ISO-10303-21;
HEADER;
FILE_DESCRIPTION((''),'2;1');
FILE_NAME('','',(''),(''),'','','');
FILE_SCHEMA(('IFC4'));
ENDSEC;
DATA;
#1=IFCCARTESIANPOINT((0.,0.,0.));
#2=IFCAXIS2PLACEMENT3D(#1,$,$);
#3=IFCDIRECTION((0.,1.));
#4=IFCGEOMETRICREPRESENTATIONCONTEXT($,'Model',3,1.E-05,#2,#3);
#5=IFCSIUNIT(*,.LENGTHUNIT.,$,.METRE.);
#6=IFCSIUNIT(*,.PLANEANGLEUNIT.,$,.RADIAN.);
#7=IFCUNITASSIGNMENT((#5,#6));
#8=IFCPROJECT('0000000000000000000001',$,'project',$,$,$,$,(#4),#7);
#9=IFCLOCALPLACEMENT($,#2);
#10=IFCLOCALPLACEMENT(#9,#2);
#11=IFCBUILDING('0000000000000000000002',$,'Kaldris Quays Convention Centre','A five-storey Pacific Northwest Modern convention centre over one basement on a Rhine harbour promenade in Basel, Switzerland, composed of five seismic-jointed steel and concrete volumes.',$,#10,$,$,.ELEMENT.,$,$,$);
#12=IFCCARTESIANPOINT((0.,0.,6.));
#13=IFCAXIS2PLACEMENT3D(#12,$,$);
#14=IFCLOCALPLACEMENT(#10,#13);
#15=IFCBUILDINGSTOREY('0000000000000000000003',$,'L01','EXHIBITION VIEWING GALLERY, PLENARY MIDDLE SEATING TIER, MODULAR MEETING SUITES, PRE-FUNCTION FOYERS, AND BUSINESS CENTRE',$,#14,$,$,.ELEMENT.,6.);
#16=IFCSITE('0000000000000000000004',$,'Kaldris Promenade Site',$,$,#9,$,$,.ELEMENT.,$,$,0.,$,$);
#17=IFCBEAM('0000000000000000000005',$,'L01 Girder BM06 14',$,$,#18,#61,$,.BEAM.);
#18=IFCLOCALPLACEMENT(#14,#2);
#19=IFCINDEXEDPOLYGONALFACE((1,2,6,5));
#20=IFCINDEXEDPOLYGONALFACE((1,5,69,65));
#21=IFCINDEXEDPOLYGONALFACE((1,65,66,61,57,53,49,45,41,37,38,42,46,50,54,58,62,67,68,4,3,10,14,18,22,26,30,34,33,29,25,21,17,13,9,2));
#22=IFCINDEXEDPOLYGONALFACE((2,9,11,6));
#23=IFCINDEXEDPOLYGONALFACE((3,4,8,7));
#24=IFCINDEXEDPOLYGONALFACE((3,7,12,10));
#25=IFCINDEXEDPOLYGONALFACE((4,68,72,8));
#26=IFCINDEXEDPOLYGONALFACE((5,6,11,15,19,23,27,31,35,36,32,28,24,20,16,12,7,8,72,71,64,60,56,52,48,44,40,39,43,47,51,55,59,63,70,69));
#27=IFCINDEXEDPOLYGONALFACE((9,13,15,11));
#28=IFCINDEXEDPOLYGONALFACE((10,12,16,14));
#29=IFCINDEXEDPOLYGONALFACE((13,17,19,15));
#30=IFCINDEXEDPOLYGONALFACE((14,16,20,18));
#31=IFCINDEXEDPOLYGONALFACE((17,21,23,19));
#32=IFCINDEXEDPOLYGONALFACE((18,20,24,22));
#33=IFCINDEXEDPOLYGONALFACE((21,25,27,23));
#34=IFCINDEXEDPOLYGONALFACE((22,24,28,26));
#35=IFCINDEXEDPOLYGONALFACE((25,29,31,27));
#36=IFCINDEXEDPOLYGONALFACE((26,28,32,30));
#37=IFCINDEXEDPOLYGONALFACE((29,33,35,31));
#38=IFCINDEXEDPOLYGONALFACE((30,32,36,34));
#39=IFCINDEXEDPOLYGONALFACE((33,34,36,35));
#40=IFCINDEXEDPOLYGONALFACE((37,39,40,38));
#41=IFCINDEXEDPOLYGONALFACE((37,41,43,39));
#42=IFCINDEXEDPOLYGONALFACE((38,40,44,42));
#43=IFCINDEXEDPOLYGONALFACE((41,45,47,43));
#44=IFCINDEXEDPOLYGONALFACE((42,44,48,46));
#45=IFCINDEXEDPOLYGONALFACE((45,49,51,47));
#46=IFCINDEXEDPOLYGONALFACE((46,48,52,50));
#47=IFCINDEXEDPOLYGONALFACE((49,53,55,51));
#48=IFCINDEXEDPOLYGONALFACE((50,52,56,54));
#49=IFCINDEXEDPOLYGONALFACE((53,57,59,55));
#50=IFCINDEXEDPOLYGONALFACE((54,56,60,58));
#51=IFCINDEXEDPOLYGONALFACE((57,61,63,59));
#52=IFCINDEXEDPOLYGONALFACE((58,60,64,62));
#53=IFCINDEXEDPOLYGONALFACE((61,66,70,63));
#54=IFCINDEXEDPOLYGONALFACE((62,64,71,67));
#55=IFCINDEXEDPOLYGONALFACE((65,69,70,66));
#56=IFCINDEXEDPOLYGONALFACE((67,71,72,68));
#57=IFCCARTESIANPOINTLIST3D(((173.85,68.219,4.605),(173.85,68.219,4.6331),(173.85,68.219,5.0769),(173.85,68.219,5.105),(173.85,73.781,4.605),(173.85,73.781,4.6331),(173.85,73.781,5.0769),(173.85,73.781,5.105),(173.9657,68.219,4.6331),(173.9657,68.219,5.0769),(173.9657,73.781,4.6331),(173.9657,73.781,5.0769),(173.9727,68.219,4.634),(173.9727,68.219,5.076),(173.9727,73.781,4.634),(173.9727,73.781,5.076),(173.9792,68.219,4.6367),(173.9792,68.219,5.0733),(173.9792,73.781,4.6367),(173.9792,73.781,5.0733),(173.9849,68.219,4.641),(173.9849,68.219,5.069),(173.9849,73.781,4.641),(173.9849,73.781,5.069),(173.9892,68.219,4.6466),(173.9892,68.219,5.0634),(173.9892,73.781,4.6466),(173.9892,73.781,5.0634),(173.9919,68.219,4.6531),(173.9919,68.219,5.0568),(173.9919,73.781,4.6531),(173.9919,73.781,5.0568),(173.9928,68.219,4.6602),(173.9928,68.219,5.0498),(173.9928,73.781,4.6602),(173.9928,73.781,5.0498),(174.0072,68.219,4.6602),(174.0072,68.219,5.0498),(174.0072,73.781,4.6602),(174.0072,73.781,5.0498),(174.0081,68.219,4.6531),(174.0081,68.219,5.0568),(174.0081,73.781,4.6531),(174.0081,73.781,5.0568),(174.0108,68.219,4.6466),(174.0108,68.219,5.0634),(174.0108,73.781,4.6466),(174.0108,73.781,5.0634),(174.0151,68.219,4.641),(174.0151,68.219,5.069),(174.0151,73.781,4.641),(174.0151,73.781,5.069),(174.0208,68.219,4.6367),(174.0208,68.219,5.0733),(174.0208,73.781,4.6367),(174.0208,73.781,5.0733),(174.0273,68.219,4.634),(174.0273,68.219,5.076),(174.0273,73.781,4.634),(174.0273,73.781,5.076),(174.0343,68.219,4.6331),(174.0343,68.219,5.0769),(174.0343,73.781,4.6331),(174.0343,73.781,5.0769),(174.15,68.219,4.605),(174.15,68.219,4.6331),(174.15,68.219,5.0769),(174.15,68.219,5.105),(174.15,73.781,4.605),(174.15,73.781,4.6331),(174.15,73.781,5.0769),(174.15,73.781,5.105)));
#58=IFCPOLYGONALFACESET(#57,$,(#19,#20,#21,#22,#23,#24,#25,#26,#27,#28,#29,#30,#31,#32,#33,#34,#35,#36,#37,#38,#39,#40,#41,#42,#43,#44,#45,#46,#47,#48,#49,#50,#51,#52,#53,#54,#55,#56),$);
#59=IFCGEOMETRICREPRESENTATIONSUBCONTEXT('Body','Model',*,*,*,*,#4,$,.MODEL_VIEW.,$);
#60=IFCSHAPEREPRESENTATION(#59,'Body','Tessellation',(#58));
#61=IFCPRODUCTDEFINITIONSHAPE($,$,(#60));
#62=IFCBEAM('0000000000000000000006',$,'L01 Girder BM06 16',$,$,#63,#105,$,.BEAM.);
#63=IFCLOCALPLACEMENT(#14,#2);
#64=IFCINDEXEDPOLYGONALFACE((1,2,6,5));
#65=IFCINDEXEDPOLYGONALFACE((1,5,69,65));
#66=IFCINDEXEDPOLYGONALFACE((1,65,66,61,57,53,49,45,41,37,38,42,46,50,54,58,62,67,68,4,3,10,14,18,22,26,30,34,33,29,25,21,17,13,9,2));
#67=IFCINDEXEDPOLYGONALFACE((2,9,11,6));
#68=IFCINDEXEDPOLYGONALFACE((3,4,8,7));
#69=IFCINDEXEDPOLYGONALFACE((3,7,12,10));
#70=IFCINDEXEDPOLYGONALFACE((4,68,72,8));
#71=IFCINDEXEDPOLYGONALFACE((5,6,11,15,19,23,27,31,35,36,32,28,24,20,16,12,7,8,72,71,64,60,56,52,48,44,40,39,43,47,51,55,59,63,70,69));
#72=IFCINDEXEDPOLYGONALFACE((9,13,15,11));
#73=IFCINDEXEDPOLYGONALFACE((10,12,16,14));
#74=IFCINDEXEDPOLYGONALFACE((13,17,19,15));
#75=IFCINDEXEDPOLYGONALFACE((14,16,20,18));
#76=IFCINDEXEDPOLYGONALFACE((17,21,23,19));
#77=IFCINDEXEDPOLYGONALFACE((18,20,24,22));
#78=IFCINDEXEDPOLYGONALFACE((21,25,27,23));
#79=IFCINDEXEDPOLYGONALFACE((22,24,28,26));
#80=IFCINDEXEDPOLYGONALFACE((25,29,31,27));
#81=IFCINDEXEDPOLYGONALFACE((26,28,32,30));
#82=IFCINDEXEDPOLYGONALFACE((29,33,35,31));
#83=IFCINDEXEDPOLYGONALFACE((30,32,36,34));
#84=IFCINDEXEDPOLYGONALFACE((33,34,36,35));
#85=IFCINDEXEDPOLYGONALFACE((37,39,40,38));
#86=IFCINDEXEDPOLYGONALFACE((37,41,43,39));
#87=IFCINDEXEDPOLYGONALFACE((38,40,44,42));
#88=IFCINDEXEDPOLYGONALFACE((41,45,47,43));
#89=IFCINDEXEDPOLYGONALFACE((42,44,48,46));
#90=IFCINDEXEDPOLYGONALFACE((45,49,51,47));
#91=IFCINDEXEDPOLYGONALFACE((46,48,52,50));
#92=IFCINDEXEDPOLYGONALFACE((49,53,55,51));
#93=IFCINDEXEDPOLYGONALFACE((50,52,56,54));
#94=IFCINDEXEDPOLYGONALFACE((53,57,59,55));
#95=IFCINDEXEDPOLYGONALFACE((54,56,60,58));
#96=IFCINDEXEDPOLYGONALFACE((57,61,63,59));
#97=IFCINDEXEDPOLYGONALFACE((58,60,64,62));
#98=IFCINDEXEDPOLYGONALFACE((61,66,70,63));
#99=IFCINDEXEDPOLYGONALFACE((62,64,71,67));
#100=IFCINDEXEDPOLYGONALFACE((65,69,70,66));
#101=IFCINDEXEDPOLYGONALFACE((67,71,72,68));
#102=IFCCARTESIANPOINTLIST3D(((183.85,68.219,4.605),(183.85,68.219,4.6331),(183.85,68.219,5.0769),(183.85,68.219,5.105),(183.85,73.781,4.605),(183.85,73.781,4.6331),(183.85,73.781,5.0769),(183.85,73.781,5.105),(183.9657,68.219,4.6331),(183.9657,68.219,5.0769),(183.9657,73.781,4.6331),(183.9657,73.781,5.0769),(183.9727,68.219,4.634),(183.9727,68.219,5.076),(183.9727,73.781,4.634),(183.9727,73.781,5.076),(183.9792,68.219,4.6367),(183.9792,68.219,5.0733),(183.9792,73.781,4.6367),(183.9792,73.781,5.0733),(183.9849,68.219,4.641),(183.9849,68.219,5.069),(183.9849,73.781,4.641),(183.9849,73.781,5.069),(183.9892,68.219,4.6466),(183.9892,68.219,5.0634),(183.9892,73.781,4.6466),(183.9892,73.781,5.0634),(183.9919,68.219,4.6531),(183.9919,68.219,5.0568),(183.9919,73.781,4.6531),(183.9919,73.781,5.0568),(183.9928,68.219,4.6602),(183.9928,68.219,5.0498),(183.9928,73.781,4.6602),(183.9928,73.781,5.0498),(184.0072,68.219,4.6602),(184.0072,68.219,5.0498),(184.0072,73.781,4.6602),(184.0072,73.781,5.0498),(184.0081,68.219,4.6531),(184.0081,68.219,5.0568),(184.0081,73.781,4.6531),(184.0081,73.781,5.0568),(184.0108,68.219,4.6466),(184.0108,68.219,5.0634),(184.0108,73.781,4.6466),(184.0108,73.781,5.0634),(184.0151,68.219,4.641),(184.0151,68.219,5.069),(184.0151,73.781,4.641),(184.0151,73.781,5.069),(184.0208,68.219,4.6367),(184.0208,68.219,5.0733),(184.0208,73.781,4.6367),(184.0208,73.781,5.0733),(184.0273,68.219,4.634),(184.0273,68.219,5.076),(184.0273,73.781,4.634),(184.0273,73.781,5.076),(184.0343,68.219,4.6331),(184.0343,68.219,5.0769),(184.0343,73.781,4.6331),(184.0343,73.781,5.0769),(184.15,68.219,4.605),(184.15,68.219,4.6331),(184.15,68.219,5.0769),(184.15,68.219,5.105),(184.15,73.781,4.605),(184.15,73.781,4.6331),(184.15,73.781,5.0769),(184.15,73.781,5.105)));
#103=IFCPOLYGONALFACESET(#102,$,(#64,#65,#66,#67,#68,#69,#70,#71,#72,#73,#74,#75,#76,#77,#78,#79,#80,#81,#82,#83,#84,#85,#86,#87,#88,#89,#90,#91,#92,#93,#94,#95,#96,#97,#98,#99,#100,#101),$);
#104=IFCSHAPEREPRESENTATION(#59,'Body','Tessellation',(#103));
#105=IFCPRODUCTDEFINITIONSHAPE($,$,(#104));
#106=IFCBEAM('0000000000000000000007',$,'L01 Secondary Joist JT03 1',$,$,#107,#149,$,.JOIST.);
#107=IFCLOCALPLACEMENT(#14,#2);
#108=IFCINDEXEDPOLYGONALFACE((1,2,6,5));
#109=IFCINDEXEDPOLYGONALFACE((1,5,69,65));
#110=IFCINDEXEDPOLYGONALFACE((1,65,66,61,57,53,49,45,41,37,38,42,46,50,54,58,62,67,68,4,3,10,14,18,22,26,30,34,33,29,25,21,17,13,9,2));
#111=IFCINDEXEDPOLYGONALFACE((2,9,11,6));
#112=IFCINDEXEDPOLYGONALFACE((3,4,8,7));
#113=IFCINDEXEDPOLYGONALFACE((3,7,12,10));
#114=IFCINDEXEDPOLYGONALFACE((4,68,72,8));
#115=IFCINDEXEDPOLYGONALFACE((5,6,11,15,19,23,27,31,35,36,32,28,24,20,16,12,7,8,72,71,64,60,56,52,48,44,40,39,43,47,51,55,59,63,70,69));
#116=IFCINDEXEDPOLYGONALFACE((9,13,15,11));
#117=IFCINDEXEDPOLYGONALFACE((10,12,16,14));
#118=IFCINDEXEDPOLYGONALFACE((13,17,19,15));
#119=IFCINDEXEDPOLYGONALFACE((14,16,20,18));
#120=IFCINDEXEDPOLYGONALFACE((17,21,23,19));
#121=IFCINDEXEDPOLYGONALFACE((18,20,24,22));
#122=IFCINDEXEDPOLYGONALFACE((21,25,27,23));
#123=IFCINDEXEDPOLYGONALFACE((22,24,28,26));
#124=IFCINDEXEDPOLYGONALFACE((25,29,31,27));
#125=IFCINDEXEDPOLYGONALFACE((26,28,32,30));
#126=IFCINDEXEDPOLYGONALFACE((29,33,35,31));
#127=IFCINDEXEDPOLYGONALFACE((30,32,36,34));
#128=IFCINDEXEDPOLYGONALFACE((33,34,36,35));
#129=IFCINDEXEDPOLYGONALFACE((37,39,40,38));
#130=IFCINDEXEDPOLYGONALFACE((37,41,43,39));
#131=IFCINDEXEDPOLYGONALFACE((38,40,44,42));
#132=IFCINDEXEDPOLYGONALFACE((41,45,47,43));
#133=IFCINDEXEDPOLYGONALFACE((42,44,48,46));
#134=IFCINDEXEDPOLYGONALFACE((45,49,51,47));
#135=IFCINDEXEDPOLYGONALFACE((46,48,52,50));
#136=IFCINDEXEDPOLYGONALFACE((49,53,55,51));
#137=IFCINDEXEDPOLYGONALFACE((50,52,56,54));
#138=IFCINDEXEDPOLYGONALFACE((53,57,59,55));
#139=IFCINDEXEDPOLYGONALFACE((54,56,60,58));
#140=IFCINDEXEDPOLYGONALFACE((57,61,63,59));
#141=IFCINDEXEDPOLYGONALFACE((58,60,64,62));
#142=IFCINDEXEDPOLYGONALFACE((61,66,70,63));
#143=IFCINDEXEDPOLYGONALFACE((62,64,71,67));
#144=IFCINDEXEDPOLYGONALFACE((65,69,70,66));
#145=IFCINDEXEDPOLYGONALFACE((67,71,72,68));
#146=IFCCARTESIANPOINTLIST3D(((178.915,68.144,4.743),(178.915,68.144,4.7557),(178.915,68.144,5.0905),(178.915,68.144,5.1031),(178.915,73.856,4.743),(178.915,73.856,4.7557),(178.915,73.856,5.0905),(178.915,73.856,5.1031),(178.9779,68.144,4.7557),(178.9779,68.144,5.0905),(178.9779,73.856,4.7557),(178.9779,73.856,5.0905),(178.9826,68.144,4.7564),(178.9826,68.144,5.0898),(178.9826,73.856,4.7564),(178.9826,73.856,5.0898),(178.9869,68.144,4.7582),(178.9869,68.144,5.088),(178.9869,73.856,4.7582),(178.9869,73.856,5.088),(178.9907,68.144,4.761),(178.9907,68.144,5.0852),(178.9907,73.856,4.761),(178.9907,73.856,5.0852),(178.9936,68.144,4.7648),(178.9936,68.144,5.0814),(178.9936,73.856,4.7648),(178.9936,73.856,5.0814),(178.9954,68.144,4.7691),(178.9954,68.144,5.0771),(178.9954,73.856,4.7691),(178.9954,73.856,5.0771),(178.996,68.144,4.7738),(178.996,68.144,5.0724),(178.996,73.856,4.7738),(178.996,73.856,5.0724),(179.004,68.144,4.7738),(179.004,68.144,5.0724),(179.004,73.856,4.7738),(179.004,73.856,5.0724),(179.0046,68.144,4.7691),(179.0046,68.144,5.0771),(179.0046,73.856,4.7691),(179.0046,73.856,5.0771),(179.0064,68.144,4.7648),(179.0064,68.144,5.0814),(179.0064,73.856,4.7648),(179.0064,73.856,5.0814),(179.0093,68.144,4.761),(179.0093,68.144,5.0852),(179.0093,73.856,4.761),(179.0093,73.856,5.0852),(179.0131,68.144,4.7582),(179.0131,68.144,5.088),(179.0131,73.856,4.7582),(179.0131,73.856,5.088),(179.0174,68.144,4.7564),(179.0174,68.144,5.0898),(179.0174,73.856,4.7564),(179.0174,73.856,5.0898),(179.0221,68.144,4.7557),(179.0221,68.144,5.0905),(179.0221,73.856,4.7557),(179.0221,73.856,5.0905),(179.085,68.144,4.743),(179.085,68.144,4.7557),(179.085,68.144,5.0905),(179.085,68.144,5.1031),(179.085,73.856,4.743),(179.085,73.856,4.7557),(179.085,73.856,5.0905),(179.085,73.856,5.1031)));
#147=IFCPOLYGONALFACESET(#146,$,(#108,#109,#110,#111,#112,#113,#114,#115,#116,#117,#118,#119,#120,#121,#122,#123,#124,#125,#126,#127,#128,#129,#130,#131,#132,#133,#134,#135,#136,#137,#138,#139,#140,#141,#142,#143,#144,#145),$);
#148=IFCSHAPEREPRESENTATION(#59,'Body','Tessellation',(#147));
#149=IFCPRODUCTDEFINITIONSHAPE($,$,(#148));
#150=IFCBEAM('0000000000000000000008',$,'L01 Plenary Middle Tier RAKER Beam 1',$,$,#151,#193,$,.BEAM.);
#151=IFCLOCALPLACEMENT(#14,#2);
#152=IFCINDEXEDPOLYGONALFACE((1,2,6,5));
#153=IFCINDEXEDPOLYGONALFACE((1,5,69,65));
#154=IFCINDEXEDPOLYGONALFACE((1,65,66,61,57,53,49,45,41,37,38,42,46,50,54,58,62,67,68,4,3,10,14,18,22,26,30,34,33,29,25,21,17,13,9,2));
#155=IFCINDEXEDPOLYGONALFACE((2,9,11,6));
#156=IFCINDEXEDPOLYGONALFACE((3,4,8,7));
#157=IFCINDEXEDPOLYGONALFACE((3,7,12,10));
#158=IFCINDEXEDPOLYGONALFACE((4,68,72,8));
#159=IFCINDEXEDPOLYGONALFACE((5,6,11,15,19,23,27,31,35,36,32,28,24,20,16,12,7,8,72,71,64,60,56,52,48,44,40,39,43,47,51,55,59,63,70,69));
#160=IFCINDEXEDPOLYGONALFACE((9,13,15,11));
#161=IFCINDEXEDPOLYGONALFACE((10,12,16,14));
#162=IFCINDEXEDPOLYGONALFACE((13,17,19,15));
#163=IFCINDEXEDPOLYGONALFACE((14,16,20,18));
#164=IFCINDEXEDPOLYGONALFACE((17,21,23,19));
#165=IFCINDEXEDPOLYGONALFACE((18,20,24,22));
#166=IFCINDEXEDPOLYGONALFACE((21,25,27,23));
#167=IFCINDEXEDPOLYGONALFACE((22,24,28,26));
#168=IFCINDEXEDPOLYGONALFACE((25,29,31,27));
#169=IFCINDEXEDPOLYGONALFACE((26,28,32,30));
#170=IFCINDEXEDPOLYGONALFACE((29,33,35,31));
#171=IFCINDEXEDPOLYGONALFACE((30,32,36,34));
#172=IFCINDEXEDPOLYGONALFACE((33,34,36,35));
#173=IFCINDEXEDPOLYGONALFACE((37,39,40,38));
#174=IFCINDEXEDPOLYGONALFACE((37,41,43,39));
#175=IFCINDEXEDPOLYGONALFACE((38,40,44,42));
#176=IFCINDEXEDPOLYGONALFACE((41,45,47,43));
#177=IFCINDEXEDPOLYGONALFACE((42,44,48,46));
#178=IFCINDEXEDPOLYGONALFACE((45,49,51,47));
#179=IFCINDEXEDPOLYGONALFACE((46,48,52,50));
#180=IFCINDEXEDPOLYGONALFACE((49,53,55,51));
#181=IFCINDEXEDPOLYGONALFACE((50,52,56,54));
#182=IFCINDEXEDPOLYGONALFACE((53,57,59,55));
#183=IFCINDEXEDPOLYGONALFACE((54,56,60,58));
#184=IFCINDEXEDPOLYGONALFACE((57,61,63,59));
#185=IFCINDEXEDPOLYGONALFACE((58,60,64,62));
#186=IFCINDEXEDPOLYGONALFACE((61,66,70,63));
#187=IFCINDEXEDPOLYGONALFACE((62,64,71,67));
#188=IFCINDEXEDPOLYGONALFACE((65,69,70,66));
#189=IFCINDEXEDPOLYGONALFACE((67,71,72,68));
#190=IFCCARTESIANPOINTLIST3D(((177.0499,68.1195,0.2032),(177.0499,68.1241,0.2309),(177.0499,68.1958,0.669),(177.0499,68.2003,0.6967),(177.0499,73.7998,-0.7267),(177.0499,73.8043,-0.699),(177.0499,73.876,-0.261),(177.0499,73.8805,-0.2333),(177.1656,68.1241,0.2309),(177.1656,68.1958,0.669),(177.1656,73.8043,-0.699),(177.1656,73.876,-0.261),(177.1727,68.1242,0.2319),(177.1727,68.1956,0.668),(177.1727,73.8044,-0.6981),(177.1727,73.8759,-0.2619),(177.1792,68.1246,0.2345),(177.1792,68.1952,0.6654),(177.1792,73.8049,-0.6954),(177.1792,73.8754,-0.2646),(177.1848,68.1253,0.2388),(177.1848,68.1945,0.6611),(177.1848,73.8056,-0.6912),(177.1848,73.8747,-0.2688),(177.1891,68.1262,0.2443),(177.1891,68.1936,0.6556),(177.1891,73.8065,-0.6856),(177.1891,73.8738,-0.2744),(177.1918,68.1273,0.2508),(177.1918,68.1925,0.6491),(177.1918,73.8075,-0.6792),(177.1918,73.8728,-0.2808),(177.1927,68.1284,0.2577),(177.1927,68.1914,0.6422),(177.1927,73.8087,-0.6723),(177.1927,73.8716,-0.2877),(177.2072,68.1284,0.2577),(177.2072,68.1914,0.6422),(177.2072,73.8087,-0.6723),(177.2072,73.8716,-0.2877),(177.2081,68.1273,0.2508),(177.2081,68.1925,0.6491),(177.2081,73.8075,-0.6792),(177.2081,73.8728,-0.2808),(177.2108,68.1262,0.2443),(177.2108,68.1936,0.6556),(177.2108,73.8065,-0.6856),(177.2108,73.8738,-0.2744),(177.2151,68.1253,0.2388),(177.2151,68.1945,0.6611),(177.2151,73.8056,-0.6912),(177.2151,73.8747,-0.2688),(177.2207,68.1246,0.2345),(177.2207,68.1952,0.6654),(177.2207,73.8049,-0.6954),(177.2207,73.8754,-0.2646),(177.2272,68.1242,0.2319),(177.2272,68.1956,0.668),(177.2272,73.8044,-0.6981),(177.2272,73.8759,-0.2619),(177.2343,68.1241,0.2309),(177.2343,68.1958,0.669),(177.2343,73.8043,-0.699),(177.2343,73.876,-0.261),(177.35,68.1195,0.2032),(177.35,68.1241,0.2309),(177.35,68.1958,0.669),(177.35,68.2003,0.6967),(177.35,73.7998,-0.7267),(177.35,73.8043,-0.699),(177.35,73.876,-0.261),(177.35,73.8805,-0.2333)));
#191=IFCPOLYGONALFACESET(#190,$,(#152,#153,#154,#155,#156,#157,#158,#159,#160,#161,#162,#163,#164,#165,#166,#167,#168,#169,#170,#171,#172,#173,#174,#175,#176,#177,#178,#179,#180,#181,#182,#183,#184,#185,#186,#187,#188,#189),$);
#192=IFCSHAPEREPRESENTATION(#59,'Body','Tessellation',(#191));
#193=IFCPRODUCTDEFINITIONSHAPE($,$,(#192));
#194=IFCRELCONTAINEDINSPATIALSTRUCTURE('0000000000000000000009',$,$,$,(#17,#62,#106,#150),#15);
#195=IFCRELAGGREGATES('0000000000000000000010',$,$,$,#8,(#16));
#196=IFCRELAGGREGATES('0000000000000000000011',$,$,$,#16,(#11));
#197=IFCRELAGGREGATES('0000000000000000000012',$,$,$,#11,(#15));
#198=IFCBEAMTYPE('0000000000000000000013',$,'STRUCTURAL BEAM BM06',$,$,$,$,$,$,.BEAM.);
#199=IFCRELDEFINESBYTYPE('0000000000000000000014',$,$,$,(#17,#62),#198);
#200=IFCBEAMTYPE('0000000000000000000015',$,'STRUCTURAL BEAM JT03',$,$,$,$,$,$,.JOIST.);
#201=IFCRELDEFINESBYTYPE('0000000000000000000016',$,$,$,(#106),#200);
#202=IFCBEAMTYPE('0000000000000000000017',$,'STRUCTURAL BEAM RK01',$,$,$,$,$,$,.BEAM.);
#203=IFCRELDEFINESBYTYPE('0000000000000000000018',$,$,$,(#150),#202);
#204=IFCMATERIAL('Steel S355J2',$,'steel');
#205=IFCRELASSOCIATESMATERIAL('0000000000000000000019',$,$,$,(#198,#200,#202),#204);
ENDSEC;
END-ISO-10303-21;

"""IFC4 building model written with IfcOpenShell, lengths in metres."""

from ifc_helpers import new_model, si_unit, direction, frame, origin, origin_2d, place, context, subcontext, project, spatial, i_section, extrude, material, material_profile, profile_set, type_object, element, save


model = new_model("IFC4")

# Units and contexts
model_context = context("Model", 3, precision=1e-05, world=origin(), true_north=direction((0.0, 1.0)))
body_context = subcontext(model_context, "Body", "Model", "MODEL_VIEW")
ifc_project = project(units=[si_unit("LENGTHUNIT", "METRE"), si_unit("PLANEANGLEUNIT", "RADIAN")], contexts=[model_context])

# Site, building, storey
site_placement = place(None, origin())
site = spatial("IfcSite", under=ifc_project, at=site_placement, Name="Kaldris Promenade Site", CompositionType="ELEMENT", RefElevation=0.0)
building_placement = place(site_placement, origin())
building = spatial("IfcBuilding", under=site, at=building_placement, Name="Kaldris Quays Convention Centre", Description="A five-storey Pacific Northwest Modern convention centre over one basement on a Rhine harbour promenade in Basel, Switzerland, composed of five seismic-jointed steel and concrete volumes.", CompositionType="ELEMENT")
storey_placement = place(building_placement, frame((0.0, 0.0, 6.0)))
storey = spatial("IfcBuildingStorey", under=building, at=storey_placement, Name="L01", Description="EXHIBITION VIEWING GALLERY, PLENARY MIDDLE SEATING TIER, MODULAR MEETING SUITES, PRE-FUNCTION FOYERS, AND BUSINESS CENTRE", CompositionType="ELEMENT", Elevation=6.0)

# Shared definitions
ifc_material_1 = material(Name="Steel S355J2", Category="steel")

# Beams
ifc_material_profile_1 = material_profile(ifc_material_1, i_section(OverallWidth=0.3, OverallDepth=0.5, WebThickness=0.0144, FlangeThickness=0.0281, FilletRadius=0.0271, at=origin_2d()), Name="HEB 500")
ifc_profile_set_1 = profile_set([ifc_material_profile_1], Name="Steel S355J2")
beam_type_1 = type_object("IfcBeamType", Name="STRUCTURAL BEAM BM06", PredefinedType="BEAM", material=ifc_profile_set_1)
for number, where, z_axis, x_axis, name in (
    (1, (174.0, 68.219, 4.855), (0.0, 1.0, 0.0), (-1.0, 0.0, 0.0), "L01 Girder BM06 14"),
    (2, (184.0, 68.219, 4.855), (0.0, 1.0, 0.0), (-1.0, 0.0, 0.0), "L01 Girder BM06 16"),
):
    element("IfcBeam", number, at=place(storey_placement, frame(where, z_axis=z_axis, x_axis=x_axis)), inside=storey, type_object=beam_type_1, Name=name, PredefinedType="BEAM", context=body_context, shape_type="SweptSolid", body=[
        extrude(i_section(OverallWidth=0.3, OverallDepth=0.5, WebThickness=0.0144, FlangeThickness=0.0281, FilletRadius=0.0271, at=origin_2d()), origin(), (0.0, 0.0, 1.0), 5.562),
    ])
ifc_material_profile_2 = material_profile(ifc_material_1, i_section(OverallWidth=0.1699, OverallDepth=0.3601, WebThickness=0.0081, FlangeThickness=0.0127, FilletRadius=0.0181, at=origin_2d()), Name="IPE 360")
ifc_profile_set_2 = profile_set([ifc_material_profile_2], Name="Steel S355J2")
beam_type_2 = type_object("IfcBeamType", Name="STRUCTURAL BEAM JT03", PredefinedType="JOIST", material=ifc_profile_set_2)
beam_placement = place(storey_placement, frame((179.0, 68.144, 4.9231), z_axis=(0.0, 1.0, 0.0), x_axis=(-1.0, 0.0, 0.0)))
element("IfcBeam", 3, at=beam_placement, inside=storey, type_object=beam_type_2, Name="L01 Secondary Joist JT03 1", PredefinedType="JOIST", context=body_context, shape_type="SweptSolid", body=[
    extrude(i_section(OverallWidth=0.1699, OverallDepth=0.3601, WebThickness=0.0081, FlangeThickness=0.0127, FilletRadius=0.0181, at=origin_2d()), origin(), (0.0, 0.0, 1.0), 5.7119),
])
ifc_material_profile_3 = material_profile(ifc_material_1, i_section(OverallWidth=0.3, OverallDepth=0.5, WebThickness=0.0144, FlangeThickness=0.0281, FilletRadius=0.0271, at=origin_2d()), Name="HEB 500")
ifc_profile_set_3 = profile_set([ifc_material_profile_3], Name="Steel S355J2")
beam_type_3 = type_object("IfcBeamType", Name="STRUCTURAL BEAM RK01", PredefinedType="BEAM", material=ifc_profile_set_3)
for number, where, z_axis, x_axis, name in (
    (4, (177.2, 68.1599, 0.45), (0.0, 0.986862, -0.161564), (-1.0, 0.0, 0.0), "L01 Plenary Middle Tier RAKER Beam 1"),
):
    element("IfcBeam", number, at=place(storey_placement, frame(where, z_axis=z_axis, x_axis=x_axis)), inside=storey, type_object=beam_type_3, Name=name, PredefinedType="BEAM", context=body_context, shape_type="SweptSolid", body=[
        extrude(i_section(OverallWidth=0.3, OverallDepth=0.5, WebThickness=0.0144, FlangeThickness=0.0281, FilletRadius=0.0271, at=origin_2d()), origin(), (0.0, 0.0, 1.0), 5.7559),
    ])

save(model, "model.ifc")
